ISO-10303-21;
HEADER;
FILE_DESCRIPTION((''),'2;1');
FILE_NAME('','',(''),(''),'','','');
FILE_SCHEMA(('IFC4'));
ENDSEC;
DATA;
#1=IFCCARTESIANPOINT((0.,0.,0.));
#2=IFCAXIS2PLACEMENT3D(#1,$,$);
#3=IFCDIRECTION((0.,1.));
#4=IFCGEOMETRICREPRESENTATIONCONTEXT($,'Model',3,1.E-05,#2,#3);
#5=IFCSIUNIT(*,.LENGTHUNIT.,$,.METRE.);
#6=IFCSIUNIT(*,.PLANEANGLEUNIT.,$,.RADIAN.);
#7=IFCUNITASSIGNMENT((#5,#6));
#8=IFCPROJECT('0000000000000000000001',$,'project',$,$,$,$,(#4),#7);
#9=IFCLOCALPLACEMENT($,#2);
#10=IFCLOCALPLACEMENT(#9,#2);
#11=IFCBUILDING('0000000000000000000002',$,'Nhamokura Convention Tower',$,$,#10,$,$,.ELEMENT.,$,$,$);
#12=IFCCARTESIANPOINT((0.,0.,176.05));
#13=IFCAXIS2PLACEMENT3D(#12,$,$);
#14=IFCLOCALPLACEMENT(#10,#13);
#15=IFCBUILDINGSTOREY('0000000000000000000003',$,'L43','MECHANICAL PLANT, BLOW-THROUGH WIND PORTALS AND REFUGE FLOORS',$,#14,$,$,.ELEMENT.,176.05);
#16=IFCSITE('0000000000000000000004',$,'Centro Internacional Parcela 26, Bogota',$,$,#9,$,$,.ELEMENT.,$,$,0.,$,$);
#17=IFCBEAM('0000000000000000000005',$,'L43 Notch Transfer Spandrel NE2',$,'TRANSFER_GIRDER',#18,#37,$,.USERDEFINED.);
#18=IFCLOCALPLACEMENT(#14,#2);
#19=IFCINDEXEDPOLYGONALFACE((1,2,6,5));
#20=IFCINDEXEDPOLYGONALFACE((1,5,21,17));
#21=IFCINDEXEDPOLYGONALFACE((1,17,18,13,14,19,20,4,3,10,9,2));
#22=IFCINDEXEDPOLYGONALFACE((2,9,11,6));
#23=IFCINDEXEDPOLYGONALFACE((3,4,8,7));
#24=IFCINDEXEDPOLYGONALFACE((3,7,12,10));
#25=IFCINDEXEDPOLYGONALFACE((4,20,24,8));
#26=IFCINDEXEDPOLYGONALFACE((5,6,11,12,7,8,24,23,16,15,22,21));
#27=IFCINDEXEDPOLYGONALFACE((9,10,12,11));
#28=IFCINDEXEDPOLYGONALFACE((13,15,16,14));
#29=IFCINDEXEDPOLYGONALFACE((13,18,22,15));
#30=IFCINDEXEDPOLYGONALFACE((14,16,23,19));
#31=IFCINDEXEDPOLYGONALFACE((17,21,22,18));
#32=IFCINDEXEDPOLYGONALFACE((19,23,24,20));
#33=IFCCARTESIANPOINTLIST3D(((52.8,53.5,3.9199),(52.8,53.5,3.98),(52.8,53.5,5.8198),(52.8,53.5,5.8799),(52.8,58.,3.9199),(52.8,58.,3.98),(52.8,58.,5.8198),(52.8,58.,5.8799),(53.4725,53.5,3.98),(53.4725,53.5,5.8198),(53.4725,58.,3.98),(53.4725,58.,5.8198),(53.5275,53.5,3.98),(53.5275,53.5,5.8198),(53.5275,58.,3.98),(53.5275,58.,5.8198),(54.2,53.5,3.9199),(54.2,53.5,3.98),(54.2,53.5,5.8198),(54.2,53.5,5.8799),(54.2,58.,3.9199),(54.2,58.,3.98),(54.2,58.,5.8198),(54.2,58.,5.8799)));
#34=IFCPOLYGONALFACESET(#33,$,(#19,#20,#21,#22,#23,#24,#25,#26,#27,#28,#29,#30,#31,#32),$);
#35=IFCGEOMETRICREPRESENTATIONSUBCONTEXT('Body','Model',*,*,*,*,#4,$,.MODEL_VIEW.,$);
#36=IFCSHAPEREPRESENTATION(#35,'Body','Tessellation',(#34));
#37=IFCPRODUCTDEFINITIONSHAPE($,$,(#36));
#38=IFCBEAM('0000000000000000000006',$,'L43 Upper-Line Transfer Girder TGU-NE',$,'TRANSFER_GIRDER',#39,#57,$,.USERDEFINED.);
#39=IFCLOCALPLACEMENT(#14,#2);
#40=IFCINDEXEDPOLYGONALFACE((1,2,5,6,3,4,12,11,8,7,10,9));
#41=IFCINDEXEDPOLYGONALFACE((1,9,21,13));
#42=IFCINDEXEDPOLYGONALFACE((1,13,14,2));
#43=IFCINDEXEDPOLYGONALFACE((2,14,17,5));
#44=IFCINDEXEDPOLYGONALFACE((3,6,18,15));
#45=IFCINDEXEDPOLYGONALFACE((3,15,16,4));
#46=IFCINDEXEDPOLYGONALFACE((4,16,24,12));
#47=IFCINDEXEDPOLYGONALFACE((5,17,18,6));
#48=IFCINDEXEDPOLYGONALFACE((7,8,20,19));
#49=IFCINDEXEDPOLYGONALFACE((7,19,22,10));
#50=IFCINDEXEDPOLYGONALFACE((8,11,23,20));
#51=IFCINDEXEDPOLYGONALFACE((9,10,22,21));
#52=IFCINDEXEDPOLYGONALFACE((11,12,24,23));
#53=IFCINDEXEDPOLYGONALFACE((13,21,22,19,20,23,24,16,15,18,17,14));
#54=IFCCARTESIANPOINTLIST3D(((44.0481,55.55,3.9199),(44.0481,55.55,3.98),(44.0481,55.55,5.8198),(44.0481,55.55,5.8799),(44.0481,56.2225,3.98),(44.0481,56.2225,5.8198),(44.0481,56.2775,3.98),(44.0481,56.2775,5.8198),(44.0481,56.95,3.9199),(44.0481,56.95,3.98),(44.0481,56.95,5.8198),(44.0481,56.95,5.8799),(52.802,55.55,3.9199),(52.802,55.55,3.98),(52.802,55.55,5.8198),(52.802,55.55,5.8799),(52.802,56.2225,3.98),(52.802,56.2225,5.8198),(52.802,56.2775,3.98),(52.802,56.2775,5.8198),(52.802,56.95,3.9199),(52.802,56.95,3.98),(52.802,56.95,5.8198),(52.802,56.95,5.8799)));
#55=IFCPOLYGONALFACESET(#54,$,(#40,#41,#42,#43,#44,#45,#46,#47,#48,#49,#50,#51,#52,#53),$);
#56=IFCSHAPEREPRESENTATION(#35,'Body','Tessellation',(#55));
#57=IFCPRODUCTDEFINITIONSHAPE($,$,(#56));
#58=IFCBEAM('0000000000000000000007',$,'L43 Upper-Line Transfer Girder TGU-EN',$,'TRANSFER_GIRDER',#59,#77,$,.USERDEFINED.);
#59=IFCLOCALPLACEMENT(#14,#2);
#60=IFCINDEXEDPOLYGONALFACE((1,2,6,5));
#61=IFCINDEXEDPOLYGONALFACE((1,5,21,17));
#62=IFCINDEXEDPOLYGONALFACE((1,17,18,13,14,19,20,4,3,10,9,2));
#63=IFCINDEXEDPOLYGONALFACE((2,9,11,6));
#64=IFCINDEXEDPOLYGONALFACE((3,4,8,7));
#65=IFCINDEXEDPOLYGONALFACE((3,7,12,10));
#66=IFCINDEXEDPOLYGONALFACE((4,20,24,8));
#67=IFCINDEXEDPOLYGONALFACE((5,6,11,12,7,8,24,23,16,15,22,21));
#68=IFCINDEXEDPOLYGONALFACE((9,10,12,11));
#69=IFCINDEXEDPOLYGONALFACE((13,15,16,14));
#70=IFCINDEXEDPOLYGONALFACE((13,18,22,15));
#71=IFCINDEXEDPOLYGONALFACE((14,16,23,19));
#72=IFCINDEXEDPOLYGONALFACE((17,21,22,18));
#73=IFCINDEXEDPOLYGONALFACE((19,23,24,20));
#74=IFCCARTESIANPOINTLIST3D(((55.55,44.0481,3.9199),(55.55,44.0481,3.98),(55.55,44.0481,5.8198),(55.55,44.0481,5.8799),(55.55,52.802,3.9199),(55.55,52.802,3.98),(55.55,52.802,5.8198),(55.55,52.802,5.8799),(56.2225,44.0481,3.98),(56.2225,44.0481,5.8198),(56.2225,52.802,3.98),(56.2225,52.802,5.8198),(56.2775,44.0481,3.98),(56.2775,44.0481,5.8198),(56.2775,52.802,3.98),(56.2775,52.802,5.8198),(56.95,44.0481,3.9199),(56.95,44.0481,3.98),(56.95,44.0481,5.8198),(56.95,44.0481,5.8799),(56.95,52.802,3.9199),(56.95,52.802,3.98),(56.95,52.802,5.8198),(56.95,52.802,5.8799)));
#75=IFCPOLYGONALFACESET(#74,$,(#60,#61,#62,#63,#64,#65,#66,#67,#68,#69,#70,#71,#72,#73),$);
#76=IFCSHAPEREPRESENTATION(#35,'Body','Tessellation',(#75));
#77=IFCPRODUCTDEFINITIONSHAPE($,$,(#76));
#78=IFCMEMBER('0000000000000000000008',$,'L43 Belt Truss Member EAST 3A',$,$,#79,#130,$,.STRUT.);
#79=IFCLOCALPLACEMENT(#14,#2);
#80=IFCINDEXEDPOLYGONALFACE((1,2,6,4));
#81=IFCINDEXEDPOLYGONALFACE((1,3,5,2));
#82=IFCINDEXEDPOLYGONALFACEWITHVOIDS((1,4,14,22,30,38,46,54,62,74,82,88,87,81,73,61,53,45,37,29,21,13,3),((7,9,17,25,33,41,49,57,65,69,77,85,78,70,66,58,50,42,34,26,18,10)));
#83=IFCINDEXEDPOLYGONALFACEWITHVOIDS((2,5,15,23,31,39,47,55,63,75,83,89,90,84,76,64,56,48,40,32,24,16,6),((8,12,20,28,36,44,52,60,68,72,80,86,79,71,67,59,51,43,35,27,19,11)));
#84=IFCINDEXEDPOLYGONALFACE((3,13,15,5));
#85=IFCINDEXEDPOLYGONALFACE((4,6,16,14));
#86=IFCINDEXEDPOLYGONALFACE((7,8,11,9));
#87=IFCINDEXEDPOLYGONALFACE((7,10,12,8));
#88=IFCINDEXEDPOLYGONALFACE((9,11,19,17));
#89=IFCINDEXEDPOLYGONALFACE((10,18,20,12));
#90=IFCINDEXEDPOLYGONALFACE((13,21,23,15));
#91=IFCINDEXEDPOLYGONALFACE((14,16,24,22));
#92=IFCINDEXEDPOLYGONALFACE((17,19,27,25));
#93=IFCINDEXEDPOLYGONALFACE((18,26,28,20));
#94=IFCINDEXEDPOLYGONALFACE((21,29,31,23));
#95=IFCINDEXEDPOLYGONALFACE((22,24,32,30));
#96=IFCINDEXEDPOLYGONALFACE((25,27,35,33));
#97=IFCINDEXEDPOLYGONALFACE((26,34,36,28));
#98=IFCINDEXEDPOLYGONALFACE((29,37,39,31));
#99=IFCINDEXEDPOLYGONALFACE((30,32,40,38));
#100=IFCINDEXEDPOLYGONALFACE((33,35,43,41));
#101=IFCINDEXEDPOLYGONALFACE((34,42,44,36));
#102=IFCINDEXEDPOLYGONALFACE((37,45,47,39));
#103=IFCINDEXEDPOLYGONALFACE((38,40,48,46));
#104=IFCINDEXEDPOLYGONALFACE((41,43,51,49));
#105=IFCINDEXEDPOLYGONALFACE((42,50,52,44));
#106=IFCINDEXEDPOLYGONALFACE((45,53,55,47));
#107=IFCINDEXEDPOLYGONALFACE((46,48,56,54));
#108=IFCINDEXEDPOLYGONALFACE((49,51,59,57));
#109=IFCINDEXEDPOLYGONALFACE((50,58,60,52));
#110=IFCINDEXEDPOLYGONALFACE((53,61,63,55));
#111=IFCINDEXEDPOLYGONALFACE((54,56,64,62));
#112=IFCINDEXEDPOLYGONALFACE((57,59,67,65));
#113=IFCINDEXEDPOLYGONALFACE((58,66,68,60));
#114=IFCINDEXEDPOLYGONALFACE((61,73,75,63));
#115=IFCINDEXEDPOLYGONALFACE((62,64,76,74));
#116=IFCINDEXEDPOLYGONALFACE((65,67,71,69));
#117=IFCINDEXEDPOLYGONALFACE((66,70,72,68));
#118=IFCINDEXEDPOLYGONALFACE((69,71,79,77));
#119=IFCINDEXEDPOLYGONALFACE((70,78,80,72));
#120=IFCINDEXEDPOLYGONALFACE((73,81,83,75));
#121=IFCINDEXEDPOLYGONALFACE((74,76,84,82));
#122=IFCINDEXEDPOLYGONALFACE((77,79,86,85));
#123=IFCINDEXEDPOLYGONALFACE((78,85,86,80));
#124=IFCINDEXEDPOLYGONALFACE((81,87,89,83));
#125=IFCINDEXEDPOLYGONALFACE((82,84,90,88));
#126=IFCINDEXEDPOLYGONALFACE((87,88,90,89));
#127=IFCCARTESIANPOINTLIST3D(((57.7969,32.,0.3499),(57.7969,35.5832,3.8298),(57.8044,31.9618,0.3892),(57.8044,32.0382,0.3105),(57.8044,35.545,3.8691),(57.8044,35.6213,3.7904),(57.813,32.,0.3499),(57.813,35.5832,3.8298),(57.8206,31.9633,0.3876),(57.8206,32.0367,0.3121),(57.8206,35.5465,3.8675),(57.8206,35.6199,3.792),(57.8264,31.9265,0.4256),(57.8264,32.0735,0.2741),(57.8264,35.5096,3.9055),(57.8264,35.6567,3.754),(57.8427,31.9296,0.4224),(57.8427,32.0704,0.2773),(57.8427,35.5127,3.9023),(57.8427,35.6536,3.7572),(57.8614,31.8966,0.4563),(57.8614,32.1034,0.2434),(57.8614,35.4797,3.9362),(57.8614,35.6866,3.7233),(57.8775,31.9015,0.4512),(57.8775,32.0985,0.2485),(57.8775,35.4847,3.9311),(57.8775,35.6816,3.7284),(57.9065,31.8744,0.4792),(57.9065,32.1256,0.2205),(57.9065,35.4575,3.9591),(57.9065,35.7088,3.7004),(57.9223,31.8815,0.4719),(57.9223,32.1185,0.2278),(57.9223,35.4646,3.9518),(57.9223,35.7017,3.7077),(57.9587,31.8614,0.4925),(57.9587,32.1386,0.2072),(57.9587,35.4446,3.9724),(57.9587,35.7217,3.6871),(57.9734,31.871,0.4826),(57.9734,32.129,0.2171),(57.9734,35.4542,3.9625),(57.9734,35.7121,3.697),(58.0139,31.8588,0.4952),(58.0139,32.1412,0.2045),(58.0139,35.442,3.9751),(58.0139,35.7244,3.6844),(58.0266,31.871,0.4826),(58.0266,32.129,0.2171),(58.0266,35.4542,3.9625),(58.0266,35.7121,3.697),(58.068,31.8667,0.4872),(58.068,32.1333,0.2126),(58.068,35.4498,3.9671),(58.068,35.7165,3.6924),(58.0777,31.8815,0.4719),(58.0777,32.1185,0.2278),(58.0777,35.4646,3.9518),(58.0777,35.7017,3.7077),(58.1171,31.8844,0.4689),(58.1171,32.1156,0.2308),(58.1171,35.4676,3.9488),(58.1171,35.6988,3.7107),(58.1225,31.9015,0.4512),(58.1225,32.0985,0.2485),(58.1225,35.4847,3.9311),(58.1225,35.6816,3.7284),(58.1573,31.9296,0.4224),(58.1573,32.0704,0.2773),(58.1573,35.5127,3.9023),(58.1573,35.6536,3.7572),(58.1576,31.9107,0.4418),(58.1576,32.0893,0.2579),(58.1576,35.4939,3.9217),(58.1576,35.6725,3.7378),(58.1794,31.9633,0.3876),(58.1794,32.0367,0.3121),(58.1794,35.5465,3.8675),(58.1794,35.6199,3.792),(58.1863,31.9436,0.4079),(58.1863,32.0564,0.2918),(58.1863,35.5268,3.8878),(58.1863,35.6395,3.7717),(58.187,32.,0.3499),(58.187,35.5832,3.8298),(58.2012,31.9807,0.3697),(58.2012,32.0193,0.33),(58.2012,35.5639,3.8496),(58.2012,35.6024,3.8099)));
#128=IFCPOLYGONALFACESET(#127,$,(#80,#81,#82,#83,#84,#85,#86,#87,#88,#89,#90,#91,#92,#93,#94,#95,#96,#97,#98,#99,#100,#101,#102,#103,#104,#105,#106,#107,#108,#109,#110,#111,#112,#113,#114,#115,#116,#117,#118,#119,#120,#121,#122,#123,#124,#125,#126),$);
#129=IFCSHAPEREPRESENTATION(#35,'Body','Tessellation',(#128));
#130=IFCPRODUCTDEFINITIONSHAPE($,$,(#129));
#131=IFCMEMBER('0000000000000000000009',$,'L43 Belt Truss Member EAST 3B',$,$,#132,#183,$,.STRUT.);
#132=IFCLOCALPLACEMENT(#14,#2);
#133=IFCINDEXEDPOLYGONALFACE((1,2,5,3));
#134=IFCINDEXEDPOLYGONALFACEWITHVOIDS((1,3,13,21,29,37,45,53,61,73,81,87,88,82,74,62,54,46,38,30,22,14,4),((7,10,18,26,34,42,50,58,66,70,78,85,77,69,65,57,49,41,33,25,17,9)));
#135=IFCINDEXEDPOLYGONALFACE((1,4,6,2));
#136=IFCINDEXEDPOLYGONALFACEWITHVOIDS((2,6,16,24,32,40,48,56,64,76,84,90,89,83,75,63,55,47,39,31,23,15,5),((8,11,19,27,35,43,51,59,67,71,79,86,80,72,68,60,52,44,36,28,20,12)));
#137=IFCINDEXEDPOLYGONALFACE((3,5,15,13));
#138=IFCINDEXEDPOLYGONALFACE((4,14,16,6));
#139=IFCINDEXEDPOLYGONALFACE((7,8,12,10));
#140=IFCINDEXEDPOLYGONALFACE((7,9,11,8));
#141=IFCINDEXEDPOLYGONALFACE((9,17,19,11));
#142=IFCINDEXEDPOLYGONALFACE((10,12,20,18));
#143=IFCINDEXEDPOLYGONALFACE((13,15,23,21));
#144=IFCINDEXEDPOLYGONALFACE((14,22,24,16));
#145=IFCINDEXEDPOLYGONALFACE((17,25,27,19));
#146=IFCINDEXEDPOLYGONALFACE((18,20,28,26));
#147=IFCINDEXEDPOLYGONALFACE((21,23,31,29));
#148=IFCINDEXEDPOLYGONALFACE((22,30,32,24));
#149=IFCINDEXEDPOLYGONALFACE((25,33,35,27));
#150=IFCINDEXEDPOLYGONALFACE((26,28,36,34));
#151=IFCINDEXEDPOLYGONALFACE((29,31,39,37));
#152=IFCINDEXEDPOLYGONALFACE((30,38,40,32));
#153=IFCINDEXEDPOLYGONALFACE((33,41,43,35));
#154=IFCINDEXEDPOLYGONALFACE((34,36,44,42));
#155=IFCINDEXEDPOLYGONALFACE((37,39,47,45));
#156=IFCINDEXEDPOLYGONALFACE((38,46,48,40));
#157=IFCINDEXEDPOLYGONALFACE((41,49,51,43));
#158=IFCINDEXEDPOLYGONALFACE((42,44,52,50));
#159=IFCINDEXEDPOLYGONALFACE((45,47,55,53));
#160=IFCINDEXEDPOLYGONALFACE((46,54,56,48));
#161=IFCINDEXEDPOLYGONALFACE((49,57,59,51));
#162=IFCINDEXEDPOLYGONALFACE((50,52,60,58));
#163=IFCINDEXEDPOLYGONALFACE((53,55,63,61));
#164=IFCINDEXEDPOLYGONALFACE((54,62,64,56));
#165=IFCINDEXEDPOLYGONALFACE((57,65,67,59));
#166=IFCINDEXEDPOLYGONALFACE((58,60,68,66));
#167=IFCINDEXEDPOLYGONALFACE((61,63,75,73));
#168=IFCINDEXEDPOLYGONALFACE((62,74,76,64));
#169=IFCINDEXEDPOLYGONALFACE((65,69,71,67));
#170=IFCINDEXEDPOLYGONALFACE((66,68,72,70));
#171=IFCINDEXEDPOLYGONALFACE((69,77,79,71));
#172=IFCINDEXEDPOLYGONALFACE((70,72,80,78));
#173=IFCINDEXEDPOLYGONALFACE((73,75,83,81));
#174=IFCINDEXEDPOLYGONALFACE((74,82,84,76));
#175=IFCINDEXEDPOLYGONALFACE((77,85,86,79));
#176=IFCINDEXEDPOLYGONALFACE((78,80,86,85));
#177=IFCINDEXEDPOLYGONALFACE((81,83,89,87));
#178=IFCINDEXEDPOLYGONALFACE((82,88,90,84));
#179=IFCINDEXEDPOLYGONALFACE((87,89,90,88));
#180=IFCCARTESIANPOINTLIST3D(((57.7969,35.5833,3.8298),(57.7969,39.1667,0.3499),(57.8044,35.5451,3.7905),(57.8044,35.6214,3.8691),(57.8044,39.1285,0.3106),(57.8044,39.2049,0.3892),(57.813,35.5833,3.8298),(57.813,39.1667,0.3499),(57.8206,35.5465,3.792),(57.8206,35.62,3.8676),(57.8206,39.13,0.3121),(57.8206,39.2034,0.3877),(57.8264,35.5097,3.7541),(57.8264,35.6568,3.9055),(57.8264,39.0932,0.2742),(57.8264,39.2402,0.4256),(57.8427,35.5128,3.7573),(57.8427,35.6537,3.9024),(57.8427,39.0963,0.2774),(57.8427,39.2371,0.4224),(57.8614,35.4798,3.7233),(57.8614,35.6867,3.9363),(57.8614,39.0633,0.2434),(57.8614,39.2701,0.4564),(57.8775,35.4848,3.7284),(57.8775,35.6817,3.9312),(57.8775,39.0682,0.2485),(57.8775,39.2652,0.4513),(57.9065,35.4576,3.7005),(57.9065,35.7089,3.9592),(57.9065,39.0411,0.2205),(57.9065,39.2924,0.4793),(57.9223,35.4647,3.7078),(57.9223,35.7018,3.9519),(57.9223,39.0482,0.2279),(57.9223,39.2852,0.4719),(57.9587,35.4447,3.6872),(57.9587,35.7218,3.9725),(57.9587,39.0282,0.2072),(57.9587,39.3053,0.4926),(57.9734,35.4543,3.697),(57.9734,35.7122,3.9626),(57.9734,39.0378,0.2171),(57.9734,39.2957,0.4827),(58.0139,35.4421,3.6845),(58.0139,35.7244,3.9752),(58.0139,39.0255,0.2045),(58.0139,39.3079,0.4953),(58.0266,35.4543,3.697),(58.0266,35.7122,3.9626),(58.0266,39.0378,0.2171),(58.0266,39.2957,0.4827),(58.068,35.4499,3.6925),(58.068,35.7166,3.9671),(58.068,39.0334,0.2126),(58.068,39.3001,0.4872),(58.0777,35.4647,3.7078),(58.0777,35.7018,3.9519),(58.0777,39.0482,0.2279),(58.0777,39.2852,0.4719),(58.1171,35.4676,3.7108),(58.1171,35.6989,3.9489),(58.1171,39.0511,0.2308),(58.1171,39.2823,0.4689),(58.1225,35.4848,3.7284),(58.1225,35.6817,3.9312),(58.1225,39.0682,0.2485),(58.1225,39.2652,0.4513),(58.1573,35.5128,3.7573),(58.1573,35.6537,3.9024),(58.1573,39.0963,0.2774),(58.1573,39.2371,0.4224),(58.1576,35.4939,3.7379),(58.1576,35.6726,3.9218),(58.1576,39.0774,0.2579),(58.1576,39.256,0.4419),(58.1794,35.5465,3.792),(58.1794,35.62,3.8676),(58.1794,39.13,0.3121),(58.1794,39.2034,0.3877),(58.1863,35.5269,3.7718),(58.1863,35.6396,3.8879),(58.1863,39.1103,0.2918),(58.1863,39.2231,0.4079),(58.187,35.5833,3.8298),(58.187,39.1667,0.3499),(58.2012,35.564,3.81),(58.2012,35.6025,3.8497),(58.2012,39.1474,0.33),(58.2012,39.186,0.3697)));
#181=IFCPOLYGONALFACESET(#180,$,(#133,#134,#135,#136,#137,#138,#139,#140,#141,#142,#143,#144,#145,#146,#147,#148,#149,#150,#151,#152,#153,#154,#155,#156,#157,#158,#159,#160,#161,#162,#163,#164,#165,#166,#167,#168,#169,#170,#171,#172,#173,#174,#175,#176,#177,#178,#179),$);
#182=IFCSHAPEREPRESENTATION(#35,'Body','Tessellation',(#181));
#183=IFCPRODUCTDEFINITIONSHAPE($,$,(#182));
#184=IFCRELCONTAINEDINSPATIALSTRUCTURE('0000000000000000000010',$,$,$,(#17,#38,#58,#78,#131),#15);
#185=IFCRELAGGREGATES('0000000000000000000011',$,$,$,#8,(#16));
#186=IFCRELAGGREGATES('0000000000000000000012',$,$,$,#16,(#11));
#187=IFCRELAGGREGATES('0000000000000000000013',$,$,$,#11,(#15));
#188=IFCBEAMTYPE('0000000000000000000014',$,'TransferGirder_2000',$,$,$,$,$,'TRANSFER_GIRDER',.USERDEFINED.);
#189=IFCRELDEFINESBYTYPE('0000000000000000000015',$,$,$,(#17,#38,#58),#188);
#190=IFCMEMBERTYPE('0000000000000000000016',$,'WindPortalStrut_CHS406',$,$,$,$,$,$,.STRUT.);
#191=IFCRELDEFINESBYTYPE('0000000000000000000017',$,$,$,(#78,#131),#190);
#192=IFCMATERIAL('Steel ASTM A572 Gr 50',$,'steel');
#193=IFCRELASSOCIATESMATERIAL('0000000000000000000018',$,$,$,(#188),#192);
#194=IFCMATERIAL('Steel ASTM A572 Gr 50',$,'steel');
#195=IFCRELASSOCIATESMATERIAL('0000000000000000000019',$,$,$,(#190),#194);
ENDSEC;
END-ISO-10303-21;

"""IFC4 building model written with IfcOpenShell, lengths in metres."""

from ifc_helpers import new_model, si_unit, direction, frame, origin, origin_2d, place, context, subcontext, project, spatial, hollow_circle, i_section, extrude, material, material_profile, profile_set, type_object, element, save


model = new_model("IFC4")

# Units and contexts
model_context = context("Model", 3, precision=1e-05, world=origin(), true_north=direction((0.0, 1.0)))
body_context = subcontext(model_context, "Body", "Model", "MODEL_VIEW")
ifc_project = project(units=[si_unit("LENGTHUNIT", "METRE"), si_unit("PLANEANGLEUNIT", "RADIAN")], contexts=[model_context])

# Site, building, storey
site_placement = place(None, origin())
site = spatial("IfcSite", under=ifc_project, at=site_placement, Name="Centro Internacional Parcela 26, Bogota", CompositionType="ELEMENT", RefElevation=0.0)
building_placement = place(site_placement, origin())
building = spatial("IfcBuilding", under=site, at=building_placement, Name="Nhamokura Convention Tower", CompositionType="ELEMENT")
storey_placement = place(building_placement, frame((0.0, 0.0, 176.05)))
storey = spatial("IfcBuildingStorey", under=building, at=storey_placement, Name="L43", Description="MECHANICAL PLANT, BLOW-THROUGH WIND PORTALS AND REFUGE FLOORS", CompositionType="ELEMENT", Elevation=176.05)

# Beams
ifc_material_1 = material(Name="Steel ASTM A572 Gr 50", Category="steel")
ifc_material_profile_1 = material_profile(ifc_material_1, i_section(OverallWidth=1.3999, OverallDepth=1.96, WebThickness=0.0549, FlangeThickness=0.0601, at=origin_2d()))
ifc_profile_set_1 = profile_set([ifc_material_profile_1], Name="Steel ASTM A572 Gr 50")
beam_type_1 = type_object("IfcBeamType", Name="TransferGirder_2000", ElementType="TRANSFER_GIRDER", PredefinedType="USERDEFINED", material=ifc_profile_set_1)
for number, where, z_axis, x_axis, name in (
    (1, (53.5, 53.5, 4.8999), (0.0, 1.0, 0.0), (-1.0, 0.0, 0.0), "L43 Notch Transfer Spandrel NE2"),
):
    element("IfcBeam", number, at=place(storey_placement, frame(where, z_axis=z_axis, x_axis=x_axis)), inside=storey, type_object=beam_type_1, Name=name, ObjectType="TRANSFER_GIRDER", PredefinedType="USERDEFINED", context=body_context, shape_type="SweptSolid", body=[
        extrude(i_section(OverallWidth=1.3999, OverallDepth=1.96, WebThickness=0.0549, FlangeThickness=0.0601, at=origin_2d()), origin(), (0.0, 0.0, 1.0), 4.5),
    ])
for number, where, z_axis, x_axis, name in (
    (2, (44.0481, 56.25, 4.8999), (1.0, 0.0, 0.0), (0.0, 1.0, 0.0), "L43 Upper-Line Transfer Girder TGU-NE"),
    (3, (56.25, 44.0481, 4.8999), (0.0, 1.0, 0.0), (-1.0, 0.0, 0.0), "L43 Upper-Line Transfer Girder TGU-EN"),
):
    element("IfcBeam", number, at=place(storey_placement, frame(where, z_axis=z_axis, x_axis=x_axis)), inside=storey, type_object=beam_type_1, Name=name, ObjectType="TRANSFER_GIRDER", PredefinedType="USERDEFINED", context=body_context, shape_type="SweptSolid", body=[
        extrude(i_section(OverallWidth=1.3999, OverallDepth=1.96, WebThickness=0.0549, FlangeThickness=0.0601, at=origin_2d()), origin(), (0.0, 0.0, 1.0), 8.7539),
    ])

# Members
ifc_material_2 = material(Name="Steel ASTM A572 Gr 50", Category="steel")
ifc_material_profile_2 = material_profile(ifc_material_2, hollow_circle(Radius=0.2031, WallThickness=0.0161, at=origin_2d()))
ifc_profile_set_2 = profile_set([ifc_material_profile_2], Name="Steel ASTM A572 Gr 50")
member_type_1 = type_object("IfcMemberType", Name="WindPortalStrut_CHS406", PredefinedType="STRUT", material=ifc_profile_set_2)
member_1_placement = place(storey_placement, frame((58.0, 32.0, 0.3499), z_axis=(0.0, 0.717369, 0.696694), x_axis=(-1.0, 0.0, 0.0)))
element("IfcMember", 4, at=member_1_placement, inside=storey, type_object=member_type_1, Name="L43 Belt Truss Member EAST 3A", PredefinedType="STRUT", context=body_context, shape_type="SweptSolid", body=[
    extrude(hollow_circle(Radius=0.2031, WallThickness=0.0161, at=origin_2d()), origin(), (0.0, 0.0, 1.0), 4.9949),
])
member_2_placement = place(storey_placement, frame((58.0, 35.5833, 3.8298), z_axis=(0.0, 0.717392, -0.696669), x_axis=(-1.0, 0.0, 0.0)))
element("IfcMember", 5, at=member_2_placement, inside=storey, type_object=member_type_1, Name="L43 Belt Truss Member EAST 3B", PredefinedType="STRUT", context=body_context, shape_type="SweptSolid", body=[
    extrude(hollow_circle(Radius=0.2031, WallThickness=0.0161, at=origin_2d()), origin(), (0.0, 0.0, 1.0), 4.9951),
])

save(model, "model.ifc")
